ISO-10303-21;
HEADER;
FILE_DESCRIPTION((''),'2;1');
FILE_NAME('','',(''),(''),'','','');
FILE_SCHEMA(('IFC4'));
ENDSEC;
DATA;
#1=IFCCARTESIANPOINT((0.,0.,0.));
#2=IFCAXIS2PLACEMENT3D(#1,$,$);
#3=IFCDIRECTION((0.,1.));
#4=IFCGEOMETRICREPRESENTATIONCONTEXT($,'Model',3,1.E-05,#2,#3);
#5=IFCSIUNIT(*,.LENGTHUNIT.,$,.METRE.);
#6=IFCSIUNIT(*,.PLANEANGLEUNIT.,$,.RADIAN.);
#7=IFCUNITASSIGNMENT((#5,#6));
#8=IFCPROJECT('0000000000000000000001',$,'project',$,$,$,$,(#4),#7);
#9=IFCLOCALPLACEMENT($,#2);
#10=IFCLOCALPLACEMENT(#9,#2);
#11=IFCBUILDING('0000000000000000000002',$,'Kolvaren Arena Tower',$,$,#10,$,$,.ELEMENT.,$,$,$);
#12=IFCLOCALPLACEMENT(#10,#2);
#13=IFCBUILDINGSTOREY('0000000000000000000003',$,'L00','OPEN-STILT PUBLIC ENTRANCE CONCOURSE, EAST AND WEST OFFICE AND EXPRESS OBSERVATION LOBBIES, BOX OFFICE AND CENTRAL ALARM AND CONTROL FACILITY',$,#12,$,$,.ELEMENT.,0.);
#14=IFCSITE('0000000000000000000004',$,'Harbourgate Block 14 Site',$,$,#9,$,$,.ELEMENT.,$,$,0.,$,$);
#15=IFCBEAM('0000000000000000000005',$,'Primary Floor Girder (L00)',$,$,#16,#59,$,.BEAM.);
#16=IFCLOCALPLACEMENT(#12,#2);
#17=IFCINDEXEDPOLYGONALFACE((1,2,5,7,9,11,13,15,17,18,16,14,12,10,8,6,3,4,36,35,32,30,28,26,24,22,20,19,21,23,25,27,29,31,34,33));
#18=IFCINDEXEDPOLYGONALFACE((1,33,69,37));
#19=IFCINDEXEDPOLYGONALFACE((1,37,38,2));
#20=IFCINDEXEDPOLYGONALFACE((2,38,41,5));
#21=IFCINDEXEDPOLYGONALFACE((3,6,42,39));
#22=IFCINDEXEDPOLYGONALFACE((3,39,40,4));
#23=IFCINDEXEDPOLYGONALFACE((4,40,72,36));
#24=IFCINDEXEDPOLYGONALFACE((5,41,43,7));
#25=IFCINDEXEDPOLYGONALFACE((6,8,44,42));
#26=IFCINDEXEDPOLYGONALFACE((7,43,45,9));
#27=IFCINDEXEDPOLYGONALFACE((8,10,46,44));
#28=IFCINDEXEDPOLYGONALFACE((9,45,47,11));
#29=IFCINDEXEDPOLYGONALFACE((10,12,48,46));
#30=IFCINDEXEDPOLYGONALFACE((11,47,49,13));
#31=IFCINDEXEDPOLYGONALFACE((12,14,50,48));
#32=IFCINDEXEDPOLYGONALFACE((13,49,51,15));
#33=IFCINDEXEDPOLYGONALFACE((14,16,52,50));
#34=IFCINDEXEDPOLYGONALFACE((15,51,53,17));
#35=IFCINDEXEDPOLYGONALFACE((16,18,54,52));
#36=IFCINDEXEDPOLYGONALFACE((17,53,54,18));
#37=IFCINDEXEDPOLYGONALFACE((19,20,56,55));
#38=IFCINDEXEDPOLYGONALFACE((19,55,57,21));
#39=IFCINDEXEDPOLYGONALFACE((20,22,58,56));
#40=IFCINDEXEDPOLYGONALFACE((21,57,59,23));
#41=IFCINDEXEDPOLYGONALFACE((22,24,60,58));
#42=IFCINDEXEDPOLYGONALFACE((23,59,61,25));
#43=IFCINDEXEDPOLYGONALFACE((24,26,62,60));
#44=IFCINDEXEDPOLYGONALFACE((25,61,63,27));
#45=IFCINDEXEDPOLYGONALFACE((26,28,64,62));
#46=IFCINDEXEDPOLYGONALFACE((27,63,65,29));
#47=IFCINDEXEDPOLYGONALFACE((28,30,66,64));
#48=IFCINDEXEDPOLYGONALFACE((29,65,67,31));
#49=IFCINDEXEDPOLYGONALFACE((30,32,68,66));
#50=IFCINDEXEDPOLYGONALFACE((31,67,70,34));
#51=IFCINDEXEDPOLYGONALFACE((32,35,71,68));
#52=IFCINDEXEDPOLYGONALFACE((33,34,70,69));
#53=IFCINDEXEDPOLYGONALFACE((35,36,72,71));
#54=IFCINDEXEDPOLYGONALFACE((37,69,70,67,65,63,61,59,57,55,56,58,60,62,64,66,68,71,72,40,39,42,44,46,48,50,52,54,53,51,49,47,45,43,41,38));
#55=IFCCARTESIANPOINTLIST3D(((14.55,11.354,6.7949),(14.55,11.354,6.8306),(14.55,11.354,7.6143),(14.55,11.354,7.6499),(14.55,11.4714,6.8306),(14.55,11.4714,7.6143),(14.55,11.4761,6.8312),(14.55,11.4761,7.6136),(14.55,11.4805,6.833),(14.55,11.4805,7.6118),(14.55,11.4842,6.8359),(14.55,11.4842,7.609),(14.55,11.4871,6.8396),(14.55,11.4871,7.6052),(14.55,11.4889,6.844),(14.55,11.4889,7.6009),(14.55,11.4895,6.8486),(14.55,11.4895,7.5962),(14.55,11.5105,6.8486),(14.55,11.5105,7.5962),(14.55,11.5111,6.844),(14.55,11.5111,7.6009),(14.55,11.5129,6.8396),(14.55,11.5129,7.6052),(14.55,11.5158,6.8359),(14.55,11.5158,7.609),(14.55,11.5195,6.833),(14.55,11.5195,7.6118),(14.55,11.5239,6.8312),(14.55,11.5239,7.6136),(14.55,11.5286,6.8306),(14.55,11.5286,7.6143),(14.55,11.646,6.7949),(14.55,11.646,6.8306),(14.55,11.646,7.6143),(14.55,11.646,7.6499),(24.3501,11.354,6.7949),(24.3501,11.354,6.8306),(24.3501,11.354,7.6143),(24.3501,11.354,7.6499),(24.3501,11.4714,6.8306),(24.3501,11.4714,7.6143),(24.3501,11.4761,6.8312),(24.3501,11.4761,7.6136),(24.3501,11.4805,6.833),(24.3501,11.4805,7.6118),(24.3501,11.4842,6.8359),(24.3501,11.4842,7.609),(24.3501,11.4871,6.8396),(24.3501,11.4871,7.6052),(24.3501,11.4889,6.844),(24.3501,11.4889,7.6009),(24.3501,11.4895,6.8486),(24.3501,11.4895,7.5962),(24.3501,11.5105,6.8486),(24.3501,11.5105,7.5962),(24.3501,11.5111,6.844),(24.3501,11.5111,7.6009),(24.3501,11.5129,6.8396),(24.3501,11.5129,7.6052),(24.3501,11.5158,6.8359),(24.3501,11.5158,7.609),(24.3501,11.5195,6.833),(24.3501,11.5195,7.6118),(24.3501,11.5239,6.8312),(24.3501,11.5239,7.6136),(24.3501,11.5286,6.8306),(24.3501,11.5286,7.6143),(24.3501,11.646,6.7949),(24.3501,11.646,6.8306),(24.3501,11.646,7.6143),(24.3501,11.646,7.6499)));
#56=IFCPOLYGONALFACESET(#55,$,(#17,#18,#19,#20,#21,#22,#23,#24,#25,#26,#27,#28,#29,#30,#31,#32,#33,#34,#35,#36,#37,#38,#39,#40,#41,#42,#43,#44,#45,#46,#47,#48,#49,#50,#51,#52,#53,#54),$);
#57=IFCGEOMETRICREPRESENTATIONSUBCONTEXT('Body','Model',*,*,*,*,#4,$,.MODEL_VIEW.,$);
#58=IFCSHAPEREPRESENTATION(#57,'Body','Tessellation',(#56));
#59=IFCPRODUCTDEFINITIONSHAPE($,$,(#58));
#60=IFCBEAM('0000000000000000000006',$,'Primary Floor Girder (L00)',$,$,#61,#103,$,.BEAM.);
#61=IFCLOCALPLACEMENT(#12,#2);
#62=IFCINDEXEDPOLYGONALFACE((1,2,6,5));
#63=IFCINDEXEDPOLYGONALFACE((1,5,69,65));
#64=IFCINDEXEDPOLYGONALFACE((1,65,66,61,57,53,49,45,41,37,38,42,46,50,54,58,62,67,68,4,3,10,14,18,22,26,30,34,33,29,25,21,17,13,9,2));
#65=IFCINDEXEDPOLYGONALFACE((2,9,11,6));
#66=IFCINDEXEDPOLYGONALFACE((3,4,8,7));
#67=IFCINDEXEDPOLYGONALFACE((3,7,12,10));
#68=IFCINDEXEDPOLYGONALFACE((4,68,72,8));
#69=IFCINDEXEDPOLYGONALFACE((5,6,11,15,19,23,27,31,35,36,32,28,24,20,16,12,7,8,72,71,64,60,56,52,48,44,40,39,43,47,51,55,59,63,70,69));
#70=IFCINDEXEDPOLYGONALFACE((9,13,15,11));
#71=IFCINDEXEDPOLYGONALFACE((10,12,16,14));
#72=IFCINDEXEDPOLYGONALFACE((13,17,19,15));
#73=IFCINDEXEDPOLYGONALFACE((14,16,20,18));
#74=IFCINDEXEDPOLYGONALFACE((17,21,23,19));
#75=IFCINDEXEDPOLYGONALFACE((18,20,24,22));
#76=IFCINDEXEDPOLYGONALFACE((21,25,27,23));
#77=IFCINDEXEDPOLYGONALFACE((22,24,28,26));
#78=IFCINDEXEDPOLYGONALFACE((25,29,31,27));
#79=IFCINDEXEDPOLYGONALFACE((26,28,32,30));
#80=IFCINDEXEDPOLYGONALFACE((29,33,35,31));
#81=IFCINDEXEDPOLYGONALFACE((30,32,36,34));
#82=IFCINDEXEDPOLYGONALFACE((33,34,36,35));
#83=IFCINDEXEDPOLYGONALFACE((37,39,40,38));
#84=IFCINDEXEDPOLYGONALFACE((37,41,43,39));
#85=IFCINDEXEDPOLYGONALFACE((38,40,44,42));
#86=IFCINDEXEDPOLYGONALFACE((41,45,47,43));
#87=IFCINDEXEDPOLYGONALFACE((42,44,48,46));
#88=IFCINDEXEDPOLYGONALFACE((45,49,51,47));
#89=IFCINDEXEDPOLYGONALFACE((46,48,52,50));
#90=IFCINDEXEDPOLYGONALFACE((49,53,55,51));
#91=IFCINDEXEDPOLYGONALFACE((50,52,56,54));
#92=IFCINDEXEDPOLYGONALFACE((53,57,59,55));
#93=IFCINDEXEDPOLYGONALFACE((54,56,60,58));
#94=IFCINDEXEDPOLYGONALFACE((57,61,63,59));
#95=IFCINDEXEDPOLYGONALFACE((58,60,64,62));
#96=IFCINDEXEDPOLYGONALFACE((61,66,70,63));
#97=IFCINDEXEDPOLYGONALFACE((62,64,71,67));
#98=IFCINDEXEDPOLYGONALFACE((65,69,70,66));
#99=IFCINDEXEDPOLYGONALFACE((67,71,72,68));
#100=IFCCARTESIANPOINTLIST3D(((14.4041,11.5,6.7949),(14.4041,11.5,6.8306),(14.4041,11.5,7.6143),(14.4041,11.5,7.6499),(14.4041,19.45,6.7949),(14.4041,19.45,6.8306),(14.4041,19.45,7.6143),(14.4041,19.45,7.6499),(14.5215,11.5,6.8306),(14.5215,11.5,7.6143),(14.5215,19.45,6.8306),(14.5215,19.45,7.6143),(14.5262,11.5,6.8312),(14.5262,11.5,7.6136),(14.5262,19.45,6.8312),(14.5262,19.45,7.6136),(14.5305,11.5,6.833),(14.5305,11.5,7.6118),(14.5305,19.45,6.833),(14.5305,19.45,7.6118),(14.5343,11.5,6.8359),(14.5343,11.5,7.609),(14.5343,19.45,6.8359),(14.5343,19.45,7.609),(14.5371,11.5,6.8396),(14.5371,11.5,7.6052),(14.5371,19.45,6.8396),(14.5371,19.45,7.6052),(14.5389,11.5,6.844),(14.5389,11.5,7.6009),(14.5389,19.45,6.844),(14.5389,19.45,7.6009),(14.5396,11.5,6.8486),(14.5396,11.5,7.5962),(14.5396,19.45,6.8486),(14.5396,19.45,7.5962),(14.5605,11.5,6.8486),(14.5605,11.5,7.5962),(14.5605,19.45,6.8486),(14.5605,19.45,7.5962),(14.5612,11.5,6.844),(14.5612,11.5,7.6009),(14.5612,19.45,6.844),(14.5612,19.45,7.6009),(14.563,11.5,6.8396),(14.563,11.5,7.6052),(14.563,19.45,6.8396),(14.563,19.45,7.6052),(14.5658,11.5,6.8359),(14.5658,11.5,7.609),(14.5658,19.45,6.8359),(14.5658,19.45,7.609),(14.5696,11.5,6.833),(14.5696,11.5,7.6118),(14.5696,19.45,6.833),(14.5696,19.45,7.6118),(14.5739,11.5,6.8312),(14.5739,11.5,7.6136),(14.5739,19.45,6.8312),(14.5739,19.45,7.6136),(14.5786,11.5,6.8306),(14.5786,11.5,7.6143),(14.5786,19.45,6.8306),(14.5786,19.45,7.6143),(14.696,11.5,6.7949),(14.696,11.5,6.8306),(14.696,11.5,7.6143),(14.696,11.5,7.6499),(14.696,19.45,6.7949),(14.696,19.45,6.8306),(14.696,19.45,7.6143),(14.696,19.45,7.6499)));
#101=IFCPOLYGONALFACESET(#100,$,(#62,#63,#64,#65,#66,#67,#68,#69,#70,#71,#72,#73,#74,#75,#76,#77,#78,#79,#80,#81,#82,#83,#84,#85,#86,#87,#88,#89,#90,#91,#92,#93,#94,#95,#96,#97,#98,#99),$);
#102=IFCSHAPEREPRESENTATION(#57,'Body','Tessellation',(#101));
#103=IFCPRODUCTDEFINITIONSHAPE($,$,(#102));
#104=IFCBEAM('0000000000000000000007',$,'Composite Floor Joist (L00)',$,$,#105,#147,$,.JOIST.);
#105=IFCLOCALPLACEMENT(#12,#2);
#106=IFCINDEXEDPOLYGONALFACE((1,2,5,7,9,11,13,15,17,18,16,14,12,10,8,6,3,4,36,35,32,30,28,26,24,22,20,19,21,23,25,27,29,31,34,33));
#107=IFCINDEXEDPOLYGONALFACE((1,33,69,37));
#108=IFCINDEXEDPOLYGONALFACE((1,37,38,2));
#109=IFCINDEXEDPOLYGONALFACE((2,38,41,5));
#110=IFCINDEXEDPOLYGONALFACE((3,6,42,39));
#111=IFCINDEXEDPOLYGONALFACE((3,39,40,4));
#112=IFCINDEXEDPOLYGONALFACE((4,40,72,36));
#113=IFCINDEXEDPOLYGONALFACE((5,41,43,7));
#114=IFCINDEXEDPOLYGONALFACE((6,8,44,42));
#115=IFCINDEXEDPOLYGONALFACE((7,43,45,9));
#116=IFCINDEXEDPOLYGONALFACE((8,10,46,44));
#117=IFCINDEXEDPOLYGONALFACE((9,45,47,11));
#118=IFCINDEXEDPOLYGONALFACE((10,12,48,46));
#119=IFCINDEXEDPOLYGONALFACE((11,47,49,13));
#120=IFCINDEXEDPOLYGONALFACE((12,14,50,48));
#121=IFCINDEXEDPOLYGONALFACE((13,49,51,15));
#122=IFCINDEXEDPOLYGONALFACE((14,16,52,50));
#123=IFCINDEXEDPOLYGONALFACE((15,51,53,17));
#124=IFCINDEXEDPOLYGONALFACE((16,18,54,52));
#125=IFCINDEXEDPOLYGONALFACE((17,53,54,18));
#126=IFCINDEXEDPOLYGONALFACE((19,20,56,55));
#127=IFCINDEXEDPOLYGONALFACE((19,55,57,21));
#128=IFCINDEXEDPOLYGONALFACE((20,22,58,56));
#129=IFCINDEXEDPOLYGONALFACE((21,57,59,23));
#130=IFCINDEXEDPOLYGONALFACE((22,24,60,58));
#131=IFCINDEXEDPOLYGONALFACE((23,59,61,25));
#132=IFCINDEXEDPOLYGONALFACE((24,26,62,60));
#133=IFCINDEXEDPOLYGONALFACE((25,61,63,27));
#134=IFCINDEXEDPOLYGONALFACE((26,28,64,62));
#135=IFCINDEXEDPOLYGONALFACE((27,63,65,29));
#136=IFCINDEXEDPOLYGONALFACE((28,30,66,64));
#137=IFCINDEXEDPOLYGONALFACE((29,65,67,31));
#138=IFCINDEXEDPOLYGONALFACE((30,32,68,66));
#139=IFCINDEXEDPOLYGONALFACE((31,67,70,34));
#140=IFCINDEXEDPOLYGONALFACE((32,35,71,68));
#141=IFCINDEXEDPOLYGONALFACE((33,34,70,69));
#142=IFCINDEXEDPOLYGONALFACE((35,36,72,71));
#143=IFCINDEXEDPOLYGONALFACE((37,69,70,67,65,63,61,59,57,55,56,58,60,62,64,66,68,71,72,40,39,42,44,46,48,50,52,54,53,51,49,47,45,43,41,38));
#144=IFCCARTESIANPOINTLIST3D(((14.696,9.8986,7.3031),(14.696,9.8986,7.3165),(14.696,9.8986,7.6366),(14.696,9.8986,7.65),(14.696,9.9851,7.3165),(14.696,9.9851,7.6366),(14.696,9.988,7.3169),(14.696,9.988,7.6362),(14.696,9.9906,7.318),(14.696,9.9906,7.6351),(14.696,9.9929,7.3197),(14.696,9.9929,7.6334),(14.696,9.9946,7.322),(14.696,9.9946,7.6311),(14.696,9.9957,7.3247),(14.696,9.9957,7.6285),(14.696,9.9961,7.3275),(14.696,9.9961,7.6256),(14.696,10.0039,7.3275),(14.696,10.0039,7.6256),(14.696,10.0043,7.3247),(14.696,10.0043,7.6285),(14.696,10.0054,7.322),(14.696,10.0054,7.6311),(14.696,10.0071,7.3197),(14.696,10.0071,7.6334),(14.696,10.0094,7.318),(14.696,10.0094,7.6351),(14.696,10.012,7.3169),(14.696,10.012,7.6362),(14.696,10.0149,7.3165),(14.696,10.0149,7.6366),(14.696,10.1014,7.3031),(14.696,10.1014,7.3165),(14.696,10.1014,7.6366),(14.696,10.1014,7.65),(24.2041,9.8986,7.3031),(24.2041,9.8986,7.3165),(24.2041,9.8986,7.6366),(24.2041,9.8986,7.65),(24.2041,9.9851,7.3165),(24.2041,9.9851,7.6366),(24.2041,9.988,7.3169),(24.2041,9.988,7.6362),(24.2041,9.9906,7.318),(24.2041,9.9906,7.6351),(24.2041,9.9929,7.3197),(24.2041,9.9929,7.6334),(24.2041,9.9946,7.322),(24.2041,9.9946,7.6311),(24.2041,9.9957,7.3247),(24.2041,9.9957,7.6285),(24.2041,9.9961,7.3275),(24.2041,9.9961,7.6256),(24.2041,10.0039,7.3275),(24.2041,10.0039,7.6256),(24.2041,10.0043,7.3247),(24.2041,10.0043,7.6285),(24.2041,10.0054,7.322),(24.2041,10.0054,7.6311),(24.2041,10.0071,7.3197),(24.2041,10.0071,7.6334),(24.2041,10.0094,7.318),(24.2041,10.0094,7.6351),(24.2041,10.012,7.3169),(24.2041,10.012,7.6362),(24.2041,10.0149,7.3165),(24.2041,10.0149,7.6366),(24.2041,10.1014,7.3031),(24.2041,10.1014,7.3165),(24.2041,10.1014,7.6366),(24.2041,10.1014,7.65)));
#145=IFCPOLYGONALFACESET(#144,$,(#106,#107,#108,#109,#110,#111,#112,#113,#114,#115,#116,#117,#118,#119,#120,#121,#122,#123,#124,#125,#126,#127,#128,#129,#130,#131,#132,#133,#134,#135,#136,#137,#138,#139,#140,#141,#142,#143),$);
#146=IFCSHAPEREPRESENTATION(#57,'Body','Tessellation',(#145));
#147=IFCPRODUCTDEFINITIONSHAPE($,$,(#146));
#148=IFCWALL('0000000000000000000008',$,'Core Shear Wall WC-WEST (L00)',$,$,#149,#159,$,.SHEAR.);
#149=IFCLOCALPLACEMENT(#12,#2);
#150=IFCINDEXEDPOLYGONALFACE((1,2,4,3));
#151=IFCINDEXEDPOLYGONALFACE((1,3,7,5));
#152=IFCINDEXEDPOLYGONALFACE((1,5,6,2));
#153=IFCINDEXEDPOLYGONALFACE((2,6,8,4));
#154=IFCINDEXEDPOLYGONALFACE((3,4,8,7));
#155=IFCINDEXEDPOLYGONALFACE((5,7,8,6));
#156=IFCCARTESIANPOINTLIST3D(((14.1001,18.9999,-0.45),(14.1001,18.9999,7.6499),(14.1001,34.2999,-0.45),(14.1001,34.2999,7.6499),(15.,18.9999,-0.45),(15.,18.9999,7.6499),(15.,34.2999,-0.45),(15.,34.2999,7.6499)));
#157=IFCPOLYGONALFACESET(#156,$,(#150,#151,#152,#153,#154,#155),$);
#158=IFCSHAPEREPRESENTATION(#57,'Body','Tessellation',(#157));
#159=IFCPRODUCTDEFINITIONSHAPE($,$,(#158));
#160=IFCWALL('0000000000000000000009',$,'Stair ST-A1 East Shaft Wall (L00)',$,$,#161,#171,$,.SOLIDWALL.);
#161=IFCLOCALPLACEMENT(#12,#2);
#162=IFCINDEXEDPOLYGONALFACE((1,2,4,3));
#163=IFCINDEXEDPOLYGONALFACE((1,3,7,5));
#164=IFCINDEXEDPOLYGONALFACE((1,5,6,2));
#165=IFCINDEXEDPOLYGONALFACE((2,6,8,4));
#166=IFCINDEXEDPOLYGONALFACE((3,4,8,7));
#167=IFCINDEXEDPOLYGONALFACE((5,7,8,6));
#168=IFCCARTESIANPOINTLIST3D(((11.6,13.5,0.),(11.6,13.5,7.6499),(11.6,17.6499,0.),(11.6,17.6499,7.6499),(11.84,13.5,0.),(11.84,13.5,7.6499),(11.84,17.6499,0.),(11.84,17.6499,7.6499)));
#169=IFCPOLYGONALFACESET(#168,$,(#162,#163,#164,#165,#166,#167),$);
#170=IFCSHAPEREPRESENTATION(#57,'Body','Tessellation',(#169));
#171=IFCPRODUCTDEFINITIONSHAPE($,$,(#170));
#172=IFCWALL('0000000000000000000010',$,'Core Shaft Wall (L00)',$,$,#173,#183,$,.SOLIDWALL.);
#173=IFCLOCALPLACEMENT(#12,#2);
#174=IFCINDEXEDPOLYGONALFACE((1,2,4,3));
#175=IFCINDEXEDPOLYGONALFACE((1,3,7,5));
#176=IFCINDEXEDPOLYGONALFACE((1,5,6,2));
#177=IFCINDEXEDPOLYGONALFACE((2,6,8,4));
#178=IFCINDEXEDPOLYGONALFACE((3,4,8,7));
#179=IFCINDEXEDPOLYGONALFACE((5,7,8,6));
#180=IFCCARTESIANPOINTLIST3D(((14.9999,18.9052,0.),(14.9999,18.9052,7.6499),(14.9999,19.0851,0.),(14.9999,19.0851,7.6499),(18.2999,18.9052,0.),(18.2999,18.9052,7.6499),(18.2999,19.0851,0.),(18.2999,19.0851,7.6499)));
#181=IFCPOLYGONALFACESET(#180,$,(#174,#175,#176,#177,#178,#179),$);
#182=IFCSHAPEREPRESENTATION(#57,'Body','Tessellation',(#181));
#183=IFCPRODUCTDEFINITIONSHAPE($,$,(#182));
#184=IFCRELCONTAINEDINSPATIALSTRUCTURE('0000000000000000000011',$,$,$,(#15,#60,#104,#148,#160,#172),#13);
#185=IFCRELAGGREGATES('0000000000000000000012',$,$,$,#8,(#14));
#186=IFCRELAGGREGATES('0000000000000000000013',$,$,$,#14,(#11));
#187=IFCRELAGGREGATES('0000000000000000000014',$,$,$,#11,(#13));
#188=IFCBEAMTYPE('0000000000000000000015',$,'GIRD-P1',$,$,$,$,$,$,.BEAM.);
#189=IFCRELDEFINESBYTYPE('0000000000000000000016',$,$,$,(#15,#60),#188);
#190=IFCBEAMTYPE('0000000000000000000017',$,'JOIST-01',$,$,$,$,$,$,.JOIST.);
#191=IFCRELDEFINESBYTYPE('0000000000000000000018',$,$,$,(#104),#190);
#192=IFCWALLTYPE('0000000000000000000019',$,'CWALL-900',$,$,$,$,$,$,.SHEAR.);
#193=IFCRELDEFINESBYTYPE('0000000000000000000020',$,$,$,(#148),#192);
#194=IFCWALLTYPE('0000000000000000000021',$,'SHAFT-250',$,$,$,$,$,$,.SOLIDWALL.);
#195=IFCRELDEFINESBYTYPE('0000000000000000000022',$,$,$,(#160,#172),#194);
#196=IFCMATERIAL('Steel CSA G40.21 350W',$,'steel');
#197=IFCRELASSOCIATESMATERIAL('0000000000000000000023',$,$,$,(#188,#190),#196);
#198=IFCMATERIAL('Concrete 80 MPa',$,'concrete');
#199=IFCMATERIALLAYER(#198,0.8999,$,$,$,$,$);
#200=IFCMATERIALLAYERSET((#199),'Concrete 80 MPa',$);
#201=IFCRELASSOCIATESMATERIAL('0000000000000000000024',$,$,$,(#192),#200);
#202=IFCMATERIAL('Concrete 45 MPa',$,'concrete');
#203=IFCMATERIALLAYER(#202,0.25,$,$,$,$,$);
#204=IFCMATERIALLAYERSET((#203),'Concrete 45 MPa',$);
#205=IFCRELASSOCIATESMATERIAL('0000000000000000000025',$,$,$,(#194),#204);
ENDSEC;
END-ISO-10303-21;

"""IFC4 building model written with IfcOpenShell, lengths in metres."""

from ifc_helpers import new_model, si_unit, direction, frame, frame_2d, origin, origin_2d, place, context, subcontext, project, spatial, rectangle, i_section, extrude, material, layer, layer_set, material_profile, profile_set, type_object, element, save


model = new_model("IFC4")

# Units and contexts
model_context = context("Model", 3, precision=1e-05, world=origin(), true_north=direction((0.0, 1.0)))
body_context = subcontext(model_context, "Body", "Model", "MODEL_VIEW")
ifc_project = project(units=[si_unit("LENGTHUNIT", "METRE"), si_unit("PLANEANGLEUNIT", "RADIAN")], contexts=[model_context])

# Site, building, storey
site_placement = place(None, origin())
site = spatial("IfcSite", under=ifc_project, at=site_placement, Name="Harbourgate Block 14 Site", CompositionType="ELEMENT", RefElevation=0.0)
building_placement = place(site_placement, origin())
building = spatial("IfcBuilding", under=site, at=building_placement, Name="Kolvaren Arena Tower", CompositionType="ELEMENT")
storey_placement = place(building_placement, origin())
storey = spatial("IfcBuildingStorey", under=building, at=storey_placement, Name="L00", Description="OPEN-STILT PUBLIC ENTRANCE CONCOURSE, EAST AND WEST OFFICE AND EXPRESS OBSERVATION LOBBIES, BOX OFFICE AND CENTRAL ALARM AND CONTROL FACILITY", CompositionType="ELEMENT", Elevation=0.0)

# Shared definitions
ifc_material_1 = material(Name="Concrete 80 MPa", Category="concrete")

# Beams
ifc_material_2 = material(Name="Steel CSA G40.21 350W", Category="steel")
ifc_material_profile_1 = material_profile(ifc_material_2, i_section(OverallWidth=0.292, OverallDepth=0.855, WebThickness=0.021, FlangeThickness=0.0356, FilletRadius=0.0181, at=origin_2d()), Name="W840x299")
ifc_profile_set_1 = profile_set([ifc_material_profile_1], Name="Steel CSA G40.21 350W")
beam_type_1 = type_object("IfcBeamType", Name="GIRD-P1", PredefinedType="BEAM", material=ifc_profile_set_1)
beam_1_placement = place(storey_placement, frame((14.55, 11.5, 7.2224), z_axis=(1.0, 0.0, 0.0), x_axis=(0.0, 1.0, 0.0)))
element("IfcBeam", 1, at=beam_1_placement, inside=storey, type_object=beam_type_1, Name="Primary Floor Girder (L00)", PredefinedType="BEAM", context=body_context, shape_type="SweptSolid", body=[
    extrude(i_section(OverallWidth=0.292, OverallDepth=0.855, WebThickness=0.021, FlangeThickness=0.0356, FilletRadius=0.0181, at=origin_2d()), origin(), (0.0, 0.0, 1.0), 9.8),
])
beam_2_placement = place(storey_placement, frame((14.55, 11.5, 7.2224), z_axis=(0.0, 1.0, 0.0), x_axis=(-1.0, 0.0, 0.0)))
element("IfcBeam", 2, at=beam_2_placement, inside=storey, type_object=beam_type_1, Name="Primary Floor Girder (L00)", PredefinedType="BEAM", context=body_context, shape_type="SweptSolid", body=[
    extrude(i_section(OverallWidth=0.292, OverallDepth=0.855, WebThickness=0.021, FlangeThickness=0.0356, FilletRadius=0.0181, at=origin_2d()), origin(), (0.0, 0.0, 1.0), 7.95),
])
ifc_material_profile_2 = material_profile(ifc_material_2, i_section(OverallWidth=0.2029, OverallDepth=0.3469, WebThickness=0.0078, FlangeThickness=0.0134, FilletRadius=0.011, at=origin_2d()), Name="W360x64")
ifc_profile_set_2 = profile_set([ifc_material_profile_2], Name="Steel CSA G40.21 350W")
beam_type_2 = type_object("IfcBeamType", Name="JOIST-01", PredefinedType="JOIST", material=ifc_profile_set_2)
beam_3_placement = place(storey_placement, frame((14.696, 10.0, 7.4766), z_axis=(1.0, 0.0, 0.0), x_axis=(0.0, 1.0, 0.0)))
element("IfcBeam", 3, at=beam_3_placement, inside=storey, type_object=beam_type_2, Name="Composite Floor Joist (L00)", PredefinedType="JOIST", context=body_context, shape_type="SweptSolid", body=[
    extrude(i_section(OverallWidth=0.2029, OverallDepth=0.3469, WebThickness=0.0078, FlangeThickness=0.0134, FilletRadius=0.011, at=origin_2d()), origin(), (0.0, 0.0, 1.0), 9.5081),
])

# Walls
ifc_layer_1 = layer(ifc_material_1, 0.8999)
ifc_layer_set_1 = layer_set([ifc_layer_1], Name="Concrete 80 MPa")
wall_type_1 = type_object("IfcWallType", Name="CWALL-900", PredefinedType="SHEAR", material=ifc_layer_set_1)
wall_1_placement = place(storey_placement, frame((14.55, 19.0, -0.45), z_axis=(0.0, 0.0, 1.0), x_axis=(0.0, 1.0, 0.0)))
element("IfcWall", 4, at=wall_1_placement, inside=storey, type_object=wall_type_1, Name="Core Shear Wall WC-WEST (L00)", PredefinedType="SHEAR", context=body_context, shape_type="SweptSolid", body=[
    extrude(rectangle(XDim=15.3, YDim=0.8999, at=frame_2d((7.6499, 0.0))), origin(), (0.0, 0.0, 1.0), 8.0999),
])
ifc_material_3 = material(Name="Concrete 45 MPa", Category="concrete")
ifc_layer_2 = layer(ifc_material_3, 0.25)
ifc_layer_set_2 = layer_set([ifc_layer_2], Name="Concrete 45 MPa")
wall_type_2 = type_object("IfcWallType", Name="SHAFT-250", PredefinedType="SOLIDWALL", material=ifc_layer_set_2)
wall_2_placement = place(storey_placement, frame((11.72, 13.5, 0.0), z_axis=(0.0, 0.0, 1.0), x_axis=(0.0, 1.0, 0.0)))
element("IfcWall", 5, at=wall_2_placement, inside=storey, type_object=wall_type_2, Name="Stair ST-A1 East Shaft Wall (L00)", PredefinedType="SOLIDWALL", context=body_context, shape_type="SweptSolid", body=[
    extrude(rectangle(XDim=4.1499, YDim=0.24, at=frame_2d((2.075, 0.0))), origin(), (0.0, 0.0, 1.0), 7.6499),
])
wall_3_placement = place(storey_placement, frame((15.0, 18.9951, 0.0), z_axis=(0.0, 0.0, 1.0), x_axis=(1.0, 0.0, 0.0)))
element("IfcWall", 6, at=wall_3_placement, inside=storey, type_object=wall_type_2, Name="Core Shaft Wall (L00)", PredefinedType="SOLIDWALL", context=body_context, shape_type="SweptSolid", body=[
    extrude(rectangle(XDim=3.3, YDim=0.1799, at=frame_2d((1.6499, 0.0))), origin(), (0.0, 0.0, 1.0), 7.6499),
])

save(model, "model.ifc")
